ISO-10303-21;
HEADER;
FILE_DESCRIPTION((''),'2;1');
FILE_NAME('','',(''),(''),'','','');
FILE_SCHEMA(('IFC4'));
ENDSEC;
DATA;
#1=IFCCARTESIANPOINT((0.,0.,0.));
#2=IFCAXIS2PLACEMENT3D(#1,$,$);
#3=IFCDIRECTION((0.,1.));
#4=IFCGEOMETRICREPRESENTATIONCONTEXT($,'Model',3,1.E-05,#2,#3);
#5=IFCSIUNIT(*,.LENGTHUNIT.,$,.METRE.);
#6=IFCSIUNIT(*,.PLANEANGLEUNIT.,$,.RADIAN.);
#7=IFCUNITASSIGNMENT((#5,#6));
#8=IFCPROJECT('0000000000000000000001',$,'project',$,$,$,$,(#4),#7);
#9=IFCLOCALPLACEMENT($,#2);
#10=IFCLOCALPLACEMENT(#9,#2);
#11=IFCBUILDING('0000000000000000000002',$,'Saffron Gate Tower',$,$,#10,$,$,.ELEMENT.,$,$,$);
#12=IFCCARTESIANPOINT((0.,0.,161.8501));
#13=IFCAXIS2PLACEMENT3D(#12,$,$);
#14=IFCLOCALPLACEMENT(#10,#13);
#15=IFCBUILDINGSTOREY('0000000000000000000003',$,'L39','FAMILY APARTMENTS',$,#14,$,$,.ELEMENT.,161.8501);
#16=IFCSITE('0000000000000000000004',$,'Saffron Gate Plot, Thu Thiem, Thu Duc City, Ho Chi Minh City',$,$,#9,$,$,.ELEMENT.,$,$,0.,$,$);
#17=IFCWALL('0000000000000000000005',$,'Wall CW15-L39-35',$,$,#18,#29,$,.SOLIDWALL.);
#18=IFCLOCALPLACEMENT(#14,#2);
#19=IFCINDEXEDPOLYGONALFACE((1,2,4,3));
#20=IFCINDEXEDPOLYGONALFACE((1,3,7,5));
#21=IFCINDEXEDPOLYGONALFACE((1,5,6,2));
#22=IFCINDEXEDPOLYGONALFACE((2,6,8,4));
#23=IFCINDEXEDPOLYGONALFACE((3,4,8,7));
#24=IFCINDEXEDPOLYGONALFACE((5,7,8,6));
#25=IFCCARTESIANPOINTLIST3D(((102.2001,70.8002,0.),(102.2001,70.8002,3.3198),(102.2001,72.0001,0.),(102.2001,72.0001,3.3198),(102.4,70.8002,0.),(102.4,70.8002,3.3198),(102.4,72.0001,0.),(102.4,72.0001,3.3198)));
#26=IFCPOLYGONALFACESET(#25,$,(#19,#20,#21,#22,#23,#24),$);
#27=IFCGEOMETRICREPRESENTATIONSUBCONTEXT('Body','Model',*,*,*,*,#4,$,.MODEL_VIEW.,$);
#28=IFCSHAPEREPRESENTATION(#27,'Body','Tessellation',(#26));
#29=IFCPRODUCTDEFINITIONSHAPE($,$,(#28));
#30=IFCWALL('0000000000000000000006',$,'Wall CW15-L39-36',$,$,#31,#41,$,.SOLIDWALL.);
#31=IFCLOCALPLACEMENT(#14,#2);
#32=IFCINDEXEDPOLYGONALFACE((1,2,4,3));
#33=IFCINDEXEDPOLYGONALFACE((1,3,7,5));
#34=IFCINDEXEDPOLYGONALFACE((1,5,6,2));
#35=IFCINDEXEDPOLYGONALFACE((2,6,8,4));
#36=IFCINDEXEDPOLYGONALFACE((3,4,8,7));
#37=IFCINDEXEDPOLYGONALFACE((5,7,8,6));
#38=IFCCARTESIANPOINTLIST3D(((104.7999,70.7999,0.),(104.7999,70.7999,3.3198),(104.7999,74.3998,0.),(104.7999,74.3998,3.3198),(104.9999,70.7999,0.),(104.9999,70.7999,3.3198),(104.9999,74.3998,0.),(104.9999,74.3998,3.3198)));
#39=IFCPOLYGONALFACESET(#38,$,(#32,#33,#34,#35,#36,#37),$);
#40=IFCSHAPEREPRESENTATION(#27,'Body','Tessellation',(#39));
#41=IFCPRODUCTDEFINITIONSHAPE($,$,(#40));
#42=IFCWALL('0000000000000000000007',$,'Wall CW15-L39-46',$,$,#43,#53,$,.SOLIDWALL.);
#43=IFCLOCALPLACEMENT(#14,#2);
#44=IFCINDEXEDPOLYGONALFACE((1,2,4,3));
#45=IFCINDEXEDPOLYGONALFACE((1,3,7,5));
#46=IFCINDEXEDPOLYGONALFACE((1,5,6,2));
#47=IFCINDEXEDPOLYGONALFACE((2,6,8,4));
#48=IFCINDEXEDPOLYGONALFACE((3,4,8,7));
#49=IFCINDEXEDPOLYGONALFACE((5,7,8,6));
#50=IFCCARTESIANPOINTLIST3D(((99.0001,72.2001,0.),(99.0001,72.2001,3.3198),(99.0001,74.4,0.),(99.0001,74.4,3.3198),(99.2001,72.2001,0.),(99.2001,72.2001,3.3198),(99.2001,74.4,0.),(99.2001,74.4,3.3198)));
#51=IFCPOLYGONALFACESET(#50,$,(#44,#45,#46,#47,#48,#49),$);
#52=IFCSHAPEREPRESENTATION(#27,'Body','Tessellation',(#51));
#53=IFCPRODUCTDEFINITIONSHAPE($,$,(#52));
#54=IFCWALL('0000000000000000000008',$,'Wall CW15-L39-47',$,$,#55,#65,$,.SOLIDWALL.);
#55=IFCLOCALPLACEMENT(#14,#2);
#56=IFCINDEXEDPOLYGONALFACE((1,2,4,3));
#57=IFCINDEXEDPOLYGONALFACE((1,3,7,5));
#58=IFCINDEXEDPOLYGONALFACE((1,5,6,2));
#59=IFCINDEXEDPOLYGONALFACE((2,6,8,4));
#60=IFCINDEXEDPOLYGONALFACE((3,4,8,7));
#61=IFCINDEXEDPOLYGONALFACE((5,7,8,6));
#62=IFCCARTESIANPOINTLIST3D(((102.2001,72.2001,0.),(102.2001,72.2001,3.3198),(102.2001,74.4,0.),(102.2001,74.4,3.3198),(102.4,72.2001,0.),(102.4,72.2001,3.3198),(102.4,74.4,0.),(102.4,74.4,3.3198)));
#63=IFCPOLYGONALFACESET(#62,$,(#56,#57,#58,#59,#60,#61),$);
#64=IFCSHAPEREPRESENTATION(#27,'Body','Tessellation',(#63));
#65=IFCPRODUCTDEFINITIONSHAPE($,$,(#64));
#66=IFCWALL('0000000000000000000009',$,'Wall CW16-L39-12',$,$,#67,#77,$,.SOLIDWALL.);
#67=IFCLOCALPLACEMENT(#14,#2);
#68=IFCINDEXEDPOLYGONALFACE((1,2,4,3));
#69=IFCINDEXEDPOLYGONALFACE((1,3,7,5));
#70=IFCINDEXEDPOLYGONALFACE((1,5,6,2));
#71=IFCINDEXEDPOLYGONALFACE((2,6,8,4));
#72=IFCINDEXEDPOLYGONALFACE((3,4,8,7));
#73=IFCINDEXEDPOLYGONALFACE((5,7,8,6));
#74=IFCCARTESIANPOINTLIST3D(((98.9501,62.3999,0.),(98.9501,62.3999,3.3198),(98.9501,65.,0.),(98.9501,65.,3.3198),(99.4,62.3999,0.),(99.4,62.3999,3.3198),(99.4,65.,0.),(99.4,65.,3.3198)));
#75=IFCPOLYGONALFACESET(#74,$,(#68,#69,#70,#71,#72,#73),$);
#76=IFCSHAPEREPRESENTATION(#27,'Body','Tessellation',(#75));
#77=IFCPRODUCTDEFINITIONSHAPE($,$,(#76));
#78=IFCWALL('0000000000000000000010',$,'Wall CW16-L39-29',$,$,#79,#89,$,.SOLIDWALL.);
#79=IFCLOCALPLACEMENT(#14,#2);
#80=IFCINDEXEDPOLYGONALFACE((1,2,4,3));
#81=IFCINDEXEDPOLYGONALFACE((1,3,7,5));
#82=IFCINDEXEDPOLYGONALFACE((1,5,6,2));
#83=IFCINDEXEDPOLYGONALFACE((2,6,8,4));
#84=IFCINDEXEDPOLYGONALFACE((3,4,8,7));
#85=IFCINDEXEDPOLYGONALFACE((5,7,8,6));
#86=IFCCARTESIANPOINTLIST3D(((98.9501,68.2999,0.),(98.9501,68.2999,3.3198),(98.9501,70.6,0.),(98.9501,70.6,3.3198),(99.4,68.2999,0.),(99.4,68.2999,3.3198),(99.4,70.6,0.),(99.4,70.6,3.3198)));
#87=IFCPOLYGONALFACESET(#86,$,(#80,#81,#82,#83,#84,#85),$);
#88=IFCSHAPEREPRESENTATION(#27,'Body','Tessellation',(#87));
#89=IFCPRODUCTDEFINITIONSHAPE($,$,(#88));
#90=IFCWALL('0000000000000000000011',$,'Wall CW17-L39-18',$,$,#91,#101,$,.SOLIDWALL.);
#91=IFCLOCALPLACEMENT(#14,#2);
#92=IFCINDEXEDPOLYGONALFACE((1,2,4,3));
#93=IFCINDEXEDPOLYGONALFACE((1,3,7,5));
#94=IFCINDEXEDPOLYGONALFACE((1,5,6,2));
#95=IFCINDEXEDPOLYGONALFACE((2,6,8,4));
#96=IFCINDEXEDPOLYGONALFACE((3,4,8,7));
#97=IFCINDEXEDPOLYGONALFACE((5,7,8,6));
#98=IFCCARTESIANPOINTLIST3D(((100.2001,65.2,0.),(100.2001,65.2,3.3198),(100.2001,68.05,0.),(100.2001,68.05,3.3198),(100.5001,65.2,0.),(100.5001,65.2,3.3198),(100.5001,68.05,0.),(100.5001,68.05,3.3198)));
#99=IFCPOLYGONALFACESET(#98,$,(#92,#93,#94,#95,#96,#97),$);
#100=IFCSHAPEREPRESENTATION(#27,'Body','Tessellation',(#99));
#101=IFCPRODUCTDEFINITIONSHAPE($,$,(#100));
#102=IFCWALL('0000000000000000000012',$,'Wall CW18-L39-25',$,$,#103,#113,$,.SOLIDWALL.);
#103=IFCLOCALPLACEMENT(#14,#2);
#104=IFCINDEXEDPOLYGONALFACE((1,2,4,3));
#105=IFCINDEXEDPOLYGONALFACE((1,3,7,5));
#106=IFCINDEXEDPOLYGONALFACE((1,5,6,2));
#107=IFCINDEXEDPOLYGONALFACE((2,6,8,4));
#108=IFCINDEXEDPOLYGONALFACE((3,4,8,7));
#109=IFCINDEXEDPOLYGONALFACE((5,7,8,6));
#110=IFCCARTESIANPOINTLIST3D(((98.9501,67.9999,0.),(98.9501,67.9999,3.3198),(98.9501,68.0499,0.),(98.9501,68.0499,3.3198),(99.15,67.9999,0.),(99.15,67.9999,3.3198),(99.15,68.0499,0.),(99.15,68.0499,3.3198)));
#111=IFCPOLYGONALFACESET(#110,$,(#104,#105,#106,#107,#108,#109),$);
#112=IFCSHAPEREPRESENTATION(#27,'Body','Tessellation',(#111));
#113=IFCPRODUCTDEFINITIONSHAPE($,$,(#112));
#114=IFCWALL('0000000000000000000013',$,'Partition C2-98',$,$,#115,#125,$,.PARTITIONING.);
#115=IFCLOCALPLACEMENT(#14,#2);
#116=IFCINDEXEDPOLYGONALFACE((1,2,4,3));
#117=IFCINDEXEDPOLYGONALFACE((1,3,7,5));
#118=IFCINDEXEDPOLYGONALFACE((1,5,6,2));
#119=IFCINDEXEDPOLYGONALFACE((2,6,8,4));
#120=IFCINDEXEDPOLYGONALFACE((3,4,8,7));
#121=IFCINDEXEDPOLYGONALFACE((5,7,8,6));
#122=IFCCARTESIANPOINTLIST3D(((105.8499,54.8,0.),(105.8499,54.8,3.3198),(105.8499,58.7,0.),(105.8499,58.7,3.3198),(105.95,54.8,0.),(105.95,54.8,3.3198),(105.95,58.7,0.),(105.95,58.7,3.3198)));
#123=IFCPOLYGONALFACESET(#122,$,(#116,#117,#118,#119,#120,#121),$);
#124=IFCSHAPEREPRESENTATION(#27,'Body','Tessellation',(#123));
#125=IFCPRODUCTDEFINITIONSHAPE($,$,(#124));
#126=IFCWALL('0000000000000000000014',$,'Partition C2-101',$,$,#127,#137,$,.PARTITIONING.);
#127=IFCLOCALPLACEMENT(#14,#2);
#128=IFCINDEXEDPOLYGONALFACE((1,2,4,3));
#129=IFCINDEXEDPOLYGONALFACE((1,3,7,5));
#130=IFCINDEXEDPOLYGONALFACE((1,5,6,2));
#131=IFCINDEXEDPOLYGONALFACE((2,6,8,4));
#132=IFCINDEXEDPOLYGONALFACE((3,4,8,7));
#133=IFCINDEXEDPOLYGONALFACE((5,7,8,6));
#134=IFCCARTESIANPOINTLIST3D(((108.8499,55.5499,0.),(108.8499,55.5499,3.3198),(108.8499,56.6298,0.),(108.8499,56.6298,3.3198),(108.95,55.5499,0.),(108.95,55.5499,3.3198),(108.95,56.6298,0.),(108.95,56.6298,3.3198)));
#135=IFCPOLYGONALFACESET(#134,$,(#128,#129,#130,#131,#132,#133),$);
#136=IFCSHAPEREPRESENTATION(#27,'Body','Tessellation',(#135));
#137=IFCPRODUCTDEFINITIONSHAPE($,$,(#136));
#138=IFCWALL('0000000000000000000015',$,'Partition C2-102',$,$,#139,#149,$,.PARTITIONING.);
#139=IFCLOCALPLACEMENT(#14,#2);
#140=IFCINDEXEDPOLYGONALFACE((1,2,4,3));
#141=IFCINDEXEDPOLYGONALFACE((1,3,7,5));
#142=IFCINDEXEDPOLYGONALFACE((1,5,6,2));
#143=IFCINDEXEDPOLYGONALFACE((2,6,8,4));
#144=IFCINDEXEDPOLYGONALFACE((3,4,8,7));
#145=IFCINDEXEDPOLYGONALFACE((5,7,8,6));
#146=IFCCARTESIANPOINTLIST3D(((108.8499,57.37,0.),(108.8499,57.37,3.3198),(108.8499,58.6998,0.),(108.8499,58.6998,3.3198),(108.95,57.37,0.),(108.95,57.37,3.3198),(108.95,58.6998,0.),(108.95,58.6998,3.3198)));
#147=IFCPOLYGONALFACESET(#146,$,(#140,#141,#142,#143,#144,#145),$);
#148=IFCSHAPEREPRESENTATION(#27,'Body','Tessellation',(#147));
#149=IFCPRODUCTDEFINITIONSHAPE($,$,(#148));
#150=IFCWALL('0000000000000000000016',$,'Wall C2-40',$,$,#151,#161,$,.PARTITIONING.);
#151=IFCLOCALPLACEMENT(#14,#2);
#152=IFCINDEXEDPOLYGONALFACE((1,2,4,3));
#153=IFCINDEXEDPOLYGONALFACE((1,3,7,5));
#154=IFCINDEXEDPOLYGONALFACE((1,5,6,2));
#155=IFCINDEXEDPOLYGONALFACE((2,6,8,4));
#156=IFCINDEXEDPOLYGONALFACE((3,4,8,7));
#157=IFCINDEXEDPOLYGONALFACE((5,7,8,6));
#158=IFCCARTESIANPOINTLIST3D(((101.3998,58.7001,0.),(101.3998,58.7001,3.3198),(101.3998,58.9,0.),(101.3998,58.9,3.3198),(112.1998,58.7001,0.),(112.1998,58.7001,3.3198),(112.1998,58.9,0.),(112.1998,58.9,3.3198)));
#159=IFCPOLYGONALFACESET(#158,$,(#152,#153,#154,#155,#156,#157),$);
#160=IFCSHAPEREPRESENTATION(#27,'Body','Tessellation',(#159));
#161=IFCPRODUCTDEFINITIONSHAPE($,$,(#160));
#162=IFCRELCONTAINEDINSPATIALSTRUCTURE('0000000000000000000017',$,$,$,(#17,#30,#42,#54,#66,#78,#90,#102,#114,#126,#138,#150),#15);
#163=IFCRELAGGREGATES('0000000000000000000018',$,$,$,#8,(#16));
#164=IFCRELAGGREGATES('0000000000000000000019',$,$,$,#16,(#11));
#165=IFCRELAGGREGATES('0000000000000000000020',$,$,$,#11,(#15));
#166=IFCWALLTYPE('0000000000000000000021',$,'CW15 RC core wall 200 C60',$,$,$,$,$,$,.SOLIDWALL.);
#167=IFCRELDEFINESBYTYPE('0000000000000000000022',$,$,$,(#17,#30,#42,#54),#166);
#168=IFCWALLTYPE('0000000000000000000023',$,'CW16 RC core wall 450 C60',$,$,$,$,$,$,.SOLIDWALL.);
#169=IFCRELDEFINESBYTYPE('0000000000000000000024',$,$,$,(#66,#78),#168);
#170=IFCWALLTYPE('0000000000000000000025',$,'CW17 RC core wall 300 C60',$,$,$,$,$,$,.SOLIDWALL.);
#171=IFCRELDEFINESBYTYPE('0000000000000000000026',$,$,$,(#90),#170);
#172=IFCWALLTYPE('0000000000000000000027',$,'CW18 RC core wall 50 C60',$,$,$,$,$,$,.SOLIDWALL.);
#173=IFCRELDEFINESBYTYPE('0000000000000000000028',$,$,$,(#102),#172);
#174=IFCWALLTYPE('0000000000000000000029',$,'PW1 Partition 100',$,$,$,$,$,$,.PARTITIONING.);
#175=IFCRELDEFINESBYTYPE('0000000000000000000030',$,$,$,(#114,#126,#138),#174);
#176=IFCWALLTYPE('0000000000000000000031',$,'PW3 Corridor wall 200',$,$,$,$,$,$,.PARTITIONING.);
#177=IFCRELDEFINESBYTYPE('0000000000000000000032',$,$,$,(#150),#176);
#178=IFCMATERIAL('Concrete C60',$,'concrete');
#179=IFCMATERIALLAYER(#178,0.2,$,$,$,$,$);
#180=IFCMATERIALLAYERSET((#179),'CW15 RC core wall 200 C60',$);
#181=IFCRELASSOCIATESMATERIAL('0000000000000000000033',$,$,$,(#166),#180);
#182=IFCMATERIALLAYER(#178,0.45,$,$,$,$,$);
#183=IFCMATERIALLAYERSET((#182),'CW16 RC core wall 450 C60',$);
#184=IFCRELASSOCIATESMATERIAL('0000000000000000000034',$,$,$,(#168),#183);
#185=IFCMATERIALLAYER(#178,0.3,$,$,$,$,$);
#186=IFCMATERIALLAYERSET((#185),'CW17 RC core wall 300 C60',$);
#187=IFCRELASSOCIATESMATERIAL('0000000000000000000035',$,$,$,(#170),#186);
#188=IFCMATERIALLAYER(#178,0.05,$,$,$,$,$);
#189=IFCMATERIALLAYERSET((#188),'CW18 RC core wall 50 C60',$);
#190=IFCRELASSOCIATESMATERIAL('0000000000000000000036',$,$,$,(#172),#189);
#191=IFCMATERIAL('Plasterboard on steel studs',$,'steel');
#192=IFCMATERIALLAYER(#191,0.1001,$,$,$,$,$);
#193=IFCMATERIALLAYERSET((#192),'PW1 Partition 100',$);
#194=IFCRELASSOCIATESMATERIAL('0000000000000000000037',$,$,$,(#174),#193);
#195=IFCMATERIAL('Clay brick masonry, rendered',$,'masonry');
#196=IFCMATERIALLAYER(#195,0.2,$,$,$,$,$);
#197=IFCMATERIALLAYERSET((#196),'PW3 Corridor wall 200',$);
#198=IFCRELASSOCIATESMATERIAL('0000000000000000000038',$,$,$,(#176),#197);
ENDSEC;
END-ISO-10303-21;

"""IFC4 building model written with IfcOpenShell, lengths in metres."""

from ifc_helpers import new_model, si_unit, direction, frame, frame_2d, origin, place, context, subcontext, project, spatial, rectangle, extrude, material, layer, layer_set, type_object, element, save


model = new_model("IFC4")

# Units and contexts
model_context = context("Model", 3, precision=1e-05, world=origin(), true_north=direction((0.0, 1.0)))
body_context = subcontext(model_context, "Body", "Model", "MODEL_VIEW")
ifc_project = project(units=[si_unit("LENGTHUNIT", "METRE"), si_unit("PLANEANGLEUNIT", "RADIAN")], contexts=[model_context])

# Site, building, storey
site_placement = place(None, origin())
site = spatial("IfcSite", under=ifc_project, at=site_placement, Name="Saffron Gate Plot, Thu Thiem, Thu Duc City, Ho Chi Minh City", CompositionType="ELEMENT", RefElevation=0.0)
building_placement = place(site_placement, origin())
building = spatial("IfcBuilding", under=site, at=building_placement, Name="Saffron Gate Tower", CompositionType="ELEMENT")
storey_placement = place(building_placement, frame((0.0, 0.0, 161.8501)))
storey = spatial("IfcBuildingStorey", under=building, at=storey_placement, Name="L39", Description="FAMILY APARTMENTS", CompositionType="ELEMENT", Elevation=161.8501)

# Shared definitions
ifc_material_1 = material(Name="Concrete C60", Category="concrete")

# Walls
ifc_layer_1 = layer(ifc_material_1, 0.2)
ifc_layer_set_1 = layer_set([ifc_layer_1], Name="CW15 RC core wall 200 C60")
wall_type_1 = type_object("IfcWallType", Name="CW15 RC core wall 200 C60", PredefinedType="SOLIDWALL", material=ifc_layer_set_1)
wall_1_placement = place(storey_placement, frame((102.3, 70.8, 0.0), z_axis=(0.0, 0.0, 1.0), x_axis=(0.0, 1.0, 0.0)))
element("IfcWall", 1, at=wall_1_placement, inside=storey, type_object=wall_type_1, Name="Wall CW15-L39-35", PredefinedType="SOLIDWALL", context=body_context, shape_type="SweptSolid", body=[
    extrude(rectangle(XDim=1.2, YDim=0.2, at=frame_2d((0.6001, 0.0))), origin(), (0.0, 0.0, 1.0), 3.3198),
])
wall_2_placement = place(storey_placement, frame((104.8999, 70.8, 0.0), z_axis=(0.0, 0.0, 1.0), x_axis=(0.0, 1.0, 0.0)))
element("IfcWall", 2, at=wall_2_placement, inside=storey, type_object=wall_type_1, Name="Wall CW15-L39-36", PredefinedType="SOLIDWALL", context=body_context, shape_type="SweptSolid", body=[
    extrude(rectangle(XDim=3.5999, YDim=0.2, at=frame_2d((1.7998, 0.0))), origin(), (0.0, 0.0, 1.0), 3.3198),
])
for number, where, z_axis, x_axis, name in (
    (3, (99.1001, 72.2, 0.0), (0.0, 0.0, 1.0), (0.0, 1.0, 0.0), "Wall CW15-L39-46"),
    (4, (102.3, 72.2, 0.0), (0.0, 0.0, 1.0), (0.0, 1.0, 0.0), "Wall CW15-L39-47"),
):
    element("IfcWall", number, at=place(storey_placement, frame(where, z_axis=z_axis, x_axis=x_axis)), inside=storey, type_object=wall_type_1, Name=name, PredefinedType="SOLIDWALL", context=body_context, shape_type="SweptSolid", body=[
        extrude(rectangle(XDim=2.2, YDim=0.2, at=frame_2d((1.1001, 0.0))), origin(), (0.0, 0.0, 1.0), 3.3198),
    ])
ifc_layer_2 = layer(ifc_material_1, 0.45)
ifc_layer_set_2 = layer_set([ifc_layer_2], Name="CW16 RC core wall 450 C60")
wall_type_2 = type_object("IfcWallType", Name="CW16 RC core wall 450 C60", PredefinedType="SOLIDWALL", material=ifc_layer_set_2)
wall_3_placement = place(storey_placement, frame((99.175, 62.3999, 0.0), z_axis=(0.0, 0.0, 1.0), x_axis=(0.0, 1.0, 0.0)))
element("IfcWall", 5, at=wall_3_placement, inside=storey, type_object=wall_type_2, Name="Wall CW16-L39-12", PredefinedType="SOLIDWALL", context=body_context, shape_type="SweptSolid", body=[
    extrude(rectangle(XDim=2.6001, YDim=0.45, at=frame_2d((1.3, 0.0))), origin(), (0.0, 0.0, 1.0), 3.3198),
])
wall_4_placement = place(storey_placement, frame((99.175, 68.3, 0.0), z_axis=(0.0, 0.0, 1.0), x_axis=(0.0, 1.0, 0.0)))
element("IfcWall", 6, at=wall_4_placement, inside=storey, type_object=wall_type_2, Name="Wall CW16-L39-29", PredefinedType="SOLIDWALL", context=body_context, shape_type="SweptSolid", body=[
    extrude(rectangle(XDim=2.3, YDim=0.45, at=frame_2d((1.1499, 0.0))), origin(), (0.0, 0.0, 1.0), 3.3198),
])
ifc_layer_3 = layer(ifc_material_1, 0.3)
ifc_layer_set_3 = layer_set([ifc_layer_3], Name="CW17 RC core wall 300 C60")
wall_type_3 = type_object("IfcWallType", Name="CW17 RC core wall 300 C60", PredefinedType="SOLIDWALL", material=ifc_layer_set_3)
wall_5_placement = place(storey_placement, frame((100.3501, 65.2, 0.0), z_axis=(0.0, 0.0, 1.0), x_axis=(0.0, 1.0, 0.0)))
element("IfcWall", 7, at=wall_5_placement, inside=storey, type_object=wall_type_3, Name="Wall CW17-L39-18", PredefinedType="SOLIDWALL", context=body_context, shape_type="SweptSolid", body=[
    extrude(rectangle(XDim=2.8501, YDim=0.3, at=frame_2d((1.425, 0.0))), origin(), (0.0, 0.0, 1.0), 3.3198),
])
ifc_layer_4 = layer(ifc_material_1, 0.05)
ifc_layer_set_4 = layer_set([ifc_layer_4], Name="CW18 RC core wall 50 C60")
wall_type_4 = type_object("IfcWallType", Name="CW18 RC core wall 50 C60", PredefinedType="SOLIDWALL", material=ifc_layer_set_4)
wall_6_placement = place(storey_placement, frame((98.95, 68.0249, 0.0), z_axis=(0.0, 0.0, 1.0), x_axis=(1.0, 0.0, 0.0)))
element("IfcWall", 8, at=wall_6_placement, inside=storey, type_object=wall_type_4, Name="Wall CW18-L39-25", PredefinedType="SOLIDWALL", context=body_context, shape_type="SweptSolid", body=[
    extrude(rectangle(XDim=0.2, YDim=0.05, at=frame_2d((0.1001, 0.0))), origin(), (0.0, 0.0, 1.0), 3.3198),
])
ifc_material_2 = material(Name="Plasterboard on steel studs", Category="steel")
ifc_layer_5 = layer(ifc_material_2, 0.1001)
ifc_layer_set_5 = layer_set([ifc_layer_5], Name="PW1 Partition 100")
wall_type_5 = type_object("IfcWallType", Name="PW1 Partition 100", PredefinedType="PARTITIONING", material=ifc_layer_set_5)
wall_7_placement = place(storey_placement, frame((105.8999, 58.7, 0.0), z_axis=(0.0, 0.0, 1.0), x_axis=(0.0, -1.0, 0.0)))
element("IfcWall", 9, at=wall_7_placement, inside=storey, type_object=wall_type_5, Name="Partition C2-98", PredefinedType="PARTITIONING", context=body_context, shape_type="SweptSolid", body=[
    extrude(rectangle(XDim=3.8999, YDim=0.1001, at=frame_2d((1.95, 0.0))), origin(), (0.0, 0.0, 1.0), 3.3198),
])
wall_8_placement = place(storey_placement, frame((108.8999, 56.6299, 0.0), z_axis=(0.0, 0.0, 1.0), x_axis=(0.0, -1.0, 0.0)))
element("IfcWall", 10, at=wall_8_placement, inside=storey, type_object=wall_type_5, Name="Partition C2-101", PredefinedType="PARTITIONING", context=body_context, shape_type="SweptSolid", body=[
    extrude(rectangle(XDim=1.0798, YDim=0.1001, at=frame_2d((0.54, 0.0))), origin(), (0.0, 0.0, 1.0), 3.3198),
])
wall_9_placement = place(storey_placement, frame((108.8999, 58.7, 0.0), z_axis=(0.0, 0.0, 1.0), x_axis=(0.0, -1.0, 0.0)))
element("IfcWall", 11, at=wall_9_placement, inside=storey, type_object=wall_type_5, Name="Partition C2-102", PredefinedType="PARTITIONING", context=body_context, shape_type="SweptSolid", body=[
    extrude(rectangle(XDim=1.3298, YDim=0.1001, at=frame_2d((0.665, 0.0))), origin(), (0.0, 0.0, 1.0), 3.3198),
])
ifc_material_3 = material(Name="Clay brick masonry, rendered", Category="masonry")
ifc_layer_6 = layer(ifc_material_3, 0.2)
ifc_layer_set_6 = layer_set([ifc_layer_6], Name="PW3 Corridor wall 200")
wall_type_6 = type_object("IfcWallType", Name="PW3 Corridor wall 200", PredefinedType="PARTITIONING", material=ifc_layer_set_6)
wall_10_placement = place(storey_placement, frame((101.3999, 58.8, 0.0), z_axis=(0.0, 0.0, 1.0), x_axis=(1.0, 0.0, 0.0)))
element("IfcWall", 12, at=wall_10_placement, inside=storey, type_object=wall_type_6, Name="Wall C2-40", PredefinedType="PARTITIONING", context=body_context, shape_type="SweptSolid", body=[
    extrude(rectangle(XDim=10.8, YDim=0.2, at=frame_2d((5.3999, 0.0))), origin(), (0.0, 0.0, 1.0), 3.3198),
])

save(model, "model.ifc")
